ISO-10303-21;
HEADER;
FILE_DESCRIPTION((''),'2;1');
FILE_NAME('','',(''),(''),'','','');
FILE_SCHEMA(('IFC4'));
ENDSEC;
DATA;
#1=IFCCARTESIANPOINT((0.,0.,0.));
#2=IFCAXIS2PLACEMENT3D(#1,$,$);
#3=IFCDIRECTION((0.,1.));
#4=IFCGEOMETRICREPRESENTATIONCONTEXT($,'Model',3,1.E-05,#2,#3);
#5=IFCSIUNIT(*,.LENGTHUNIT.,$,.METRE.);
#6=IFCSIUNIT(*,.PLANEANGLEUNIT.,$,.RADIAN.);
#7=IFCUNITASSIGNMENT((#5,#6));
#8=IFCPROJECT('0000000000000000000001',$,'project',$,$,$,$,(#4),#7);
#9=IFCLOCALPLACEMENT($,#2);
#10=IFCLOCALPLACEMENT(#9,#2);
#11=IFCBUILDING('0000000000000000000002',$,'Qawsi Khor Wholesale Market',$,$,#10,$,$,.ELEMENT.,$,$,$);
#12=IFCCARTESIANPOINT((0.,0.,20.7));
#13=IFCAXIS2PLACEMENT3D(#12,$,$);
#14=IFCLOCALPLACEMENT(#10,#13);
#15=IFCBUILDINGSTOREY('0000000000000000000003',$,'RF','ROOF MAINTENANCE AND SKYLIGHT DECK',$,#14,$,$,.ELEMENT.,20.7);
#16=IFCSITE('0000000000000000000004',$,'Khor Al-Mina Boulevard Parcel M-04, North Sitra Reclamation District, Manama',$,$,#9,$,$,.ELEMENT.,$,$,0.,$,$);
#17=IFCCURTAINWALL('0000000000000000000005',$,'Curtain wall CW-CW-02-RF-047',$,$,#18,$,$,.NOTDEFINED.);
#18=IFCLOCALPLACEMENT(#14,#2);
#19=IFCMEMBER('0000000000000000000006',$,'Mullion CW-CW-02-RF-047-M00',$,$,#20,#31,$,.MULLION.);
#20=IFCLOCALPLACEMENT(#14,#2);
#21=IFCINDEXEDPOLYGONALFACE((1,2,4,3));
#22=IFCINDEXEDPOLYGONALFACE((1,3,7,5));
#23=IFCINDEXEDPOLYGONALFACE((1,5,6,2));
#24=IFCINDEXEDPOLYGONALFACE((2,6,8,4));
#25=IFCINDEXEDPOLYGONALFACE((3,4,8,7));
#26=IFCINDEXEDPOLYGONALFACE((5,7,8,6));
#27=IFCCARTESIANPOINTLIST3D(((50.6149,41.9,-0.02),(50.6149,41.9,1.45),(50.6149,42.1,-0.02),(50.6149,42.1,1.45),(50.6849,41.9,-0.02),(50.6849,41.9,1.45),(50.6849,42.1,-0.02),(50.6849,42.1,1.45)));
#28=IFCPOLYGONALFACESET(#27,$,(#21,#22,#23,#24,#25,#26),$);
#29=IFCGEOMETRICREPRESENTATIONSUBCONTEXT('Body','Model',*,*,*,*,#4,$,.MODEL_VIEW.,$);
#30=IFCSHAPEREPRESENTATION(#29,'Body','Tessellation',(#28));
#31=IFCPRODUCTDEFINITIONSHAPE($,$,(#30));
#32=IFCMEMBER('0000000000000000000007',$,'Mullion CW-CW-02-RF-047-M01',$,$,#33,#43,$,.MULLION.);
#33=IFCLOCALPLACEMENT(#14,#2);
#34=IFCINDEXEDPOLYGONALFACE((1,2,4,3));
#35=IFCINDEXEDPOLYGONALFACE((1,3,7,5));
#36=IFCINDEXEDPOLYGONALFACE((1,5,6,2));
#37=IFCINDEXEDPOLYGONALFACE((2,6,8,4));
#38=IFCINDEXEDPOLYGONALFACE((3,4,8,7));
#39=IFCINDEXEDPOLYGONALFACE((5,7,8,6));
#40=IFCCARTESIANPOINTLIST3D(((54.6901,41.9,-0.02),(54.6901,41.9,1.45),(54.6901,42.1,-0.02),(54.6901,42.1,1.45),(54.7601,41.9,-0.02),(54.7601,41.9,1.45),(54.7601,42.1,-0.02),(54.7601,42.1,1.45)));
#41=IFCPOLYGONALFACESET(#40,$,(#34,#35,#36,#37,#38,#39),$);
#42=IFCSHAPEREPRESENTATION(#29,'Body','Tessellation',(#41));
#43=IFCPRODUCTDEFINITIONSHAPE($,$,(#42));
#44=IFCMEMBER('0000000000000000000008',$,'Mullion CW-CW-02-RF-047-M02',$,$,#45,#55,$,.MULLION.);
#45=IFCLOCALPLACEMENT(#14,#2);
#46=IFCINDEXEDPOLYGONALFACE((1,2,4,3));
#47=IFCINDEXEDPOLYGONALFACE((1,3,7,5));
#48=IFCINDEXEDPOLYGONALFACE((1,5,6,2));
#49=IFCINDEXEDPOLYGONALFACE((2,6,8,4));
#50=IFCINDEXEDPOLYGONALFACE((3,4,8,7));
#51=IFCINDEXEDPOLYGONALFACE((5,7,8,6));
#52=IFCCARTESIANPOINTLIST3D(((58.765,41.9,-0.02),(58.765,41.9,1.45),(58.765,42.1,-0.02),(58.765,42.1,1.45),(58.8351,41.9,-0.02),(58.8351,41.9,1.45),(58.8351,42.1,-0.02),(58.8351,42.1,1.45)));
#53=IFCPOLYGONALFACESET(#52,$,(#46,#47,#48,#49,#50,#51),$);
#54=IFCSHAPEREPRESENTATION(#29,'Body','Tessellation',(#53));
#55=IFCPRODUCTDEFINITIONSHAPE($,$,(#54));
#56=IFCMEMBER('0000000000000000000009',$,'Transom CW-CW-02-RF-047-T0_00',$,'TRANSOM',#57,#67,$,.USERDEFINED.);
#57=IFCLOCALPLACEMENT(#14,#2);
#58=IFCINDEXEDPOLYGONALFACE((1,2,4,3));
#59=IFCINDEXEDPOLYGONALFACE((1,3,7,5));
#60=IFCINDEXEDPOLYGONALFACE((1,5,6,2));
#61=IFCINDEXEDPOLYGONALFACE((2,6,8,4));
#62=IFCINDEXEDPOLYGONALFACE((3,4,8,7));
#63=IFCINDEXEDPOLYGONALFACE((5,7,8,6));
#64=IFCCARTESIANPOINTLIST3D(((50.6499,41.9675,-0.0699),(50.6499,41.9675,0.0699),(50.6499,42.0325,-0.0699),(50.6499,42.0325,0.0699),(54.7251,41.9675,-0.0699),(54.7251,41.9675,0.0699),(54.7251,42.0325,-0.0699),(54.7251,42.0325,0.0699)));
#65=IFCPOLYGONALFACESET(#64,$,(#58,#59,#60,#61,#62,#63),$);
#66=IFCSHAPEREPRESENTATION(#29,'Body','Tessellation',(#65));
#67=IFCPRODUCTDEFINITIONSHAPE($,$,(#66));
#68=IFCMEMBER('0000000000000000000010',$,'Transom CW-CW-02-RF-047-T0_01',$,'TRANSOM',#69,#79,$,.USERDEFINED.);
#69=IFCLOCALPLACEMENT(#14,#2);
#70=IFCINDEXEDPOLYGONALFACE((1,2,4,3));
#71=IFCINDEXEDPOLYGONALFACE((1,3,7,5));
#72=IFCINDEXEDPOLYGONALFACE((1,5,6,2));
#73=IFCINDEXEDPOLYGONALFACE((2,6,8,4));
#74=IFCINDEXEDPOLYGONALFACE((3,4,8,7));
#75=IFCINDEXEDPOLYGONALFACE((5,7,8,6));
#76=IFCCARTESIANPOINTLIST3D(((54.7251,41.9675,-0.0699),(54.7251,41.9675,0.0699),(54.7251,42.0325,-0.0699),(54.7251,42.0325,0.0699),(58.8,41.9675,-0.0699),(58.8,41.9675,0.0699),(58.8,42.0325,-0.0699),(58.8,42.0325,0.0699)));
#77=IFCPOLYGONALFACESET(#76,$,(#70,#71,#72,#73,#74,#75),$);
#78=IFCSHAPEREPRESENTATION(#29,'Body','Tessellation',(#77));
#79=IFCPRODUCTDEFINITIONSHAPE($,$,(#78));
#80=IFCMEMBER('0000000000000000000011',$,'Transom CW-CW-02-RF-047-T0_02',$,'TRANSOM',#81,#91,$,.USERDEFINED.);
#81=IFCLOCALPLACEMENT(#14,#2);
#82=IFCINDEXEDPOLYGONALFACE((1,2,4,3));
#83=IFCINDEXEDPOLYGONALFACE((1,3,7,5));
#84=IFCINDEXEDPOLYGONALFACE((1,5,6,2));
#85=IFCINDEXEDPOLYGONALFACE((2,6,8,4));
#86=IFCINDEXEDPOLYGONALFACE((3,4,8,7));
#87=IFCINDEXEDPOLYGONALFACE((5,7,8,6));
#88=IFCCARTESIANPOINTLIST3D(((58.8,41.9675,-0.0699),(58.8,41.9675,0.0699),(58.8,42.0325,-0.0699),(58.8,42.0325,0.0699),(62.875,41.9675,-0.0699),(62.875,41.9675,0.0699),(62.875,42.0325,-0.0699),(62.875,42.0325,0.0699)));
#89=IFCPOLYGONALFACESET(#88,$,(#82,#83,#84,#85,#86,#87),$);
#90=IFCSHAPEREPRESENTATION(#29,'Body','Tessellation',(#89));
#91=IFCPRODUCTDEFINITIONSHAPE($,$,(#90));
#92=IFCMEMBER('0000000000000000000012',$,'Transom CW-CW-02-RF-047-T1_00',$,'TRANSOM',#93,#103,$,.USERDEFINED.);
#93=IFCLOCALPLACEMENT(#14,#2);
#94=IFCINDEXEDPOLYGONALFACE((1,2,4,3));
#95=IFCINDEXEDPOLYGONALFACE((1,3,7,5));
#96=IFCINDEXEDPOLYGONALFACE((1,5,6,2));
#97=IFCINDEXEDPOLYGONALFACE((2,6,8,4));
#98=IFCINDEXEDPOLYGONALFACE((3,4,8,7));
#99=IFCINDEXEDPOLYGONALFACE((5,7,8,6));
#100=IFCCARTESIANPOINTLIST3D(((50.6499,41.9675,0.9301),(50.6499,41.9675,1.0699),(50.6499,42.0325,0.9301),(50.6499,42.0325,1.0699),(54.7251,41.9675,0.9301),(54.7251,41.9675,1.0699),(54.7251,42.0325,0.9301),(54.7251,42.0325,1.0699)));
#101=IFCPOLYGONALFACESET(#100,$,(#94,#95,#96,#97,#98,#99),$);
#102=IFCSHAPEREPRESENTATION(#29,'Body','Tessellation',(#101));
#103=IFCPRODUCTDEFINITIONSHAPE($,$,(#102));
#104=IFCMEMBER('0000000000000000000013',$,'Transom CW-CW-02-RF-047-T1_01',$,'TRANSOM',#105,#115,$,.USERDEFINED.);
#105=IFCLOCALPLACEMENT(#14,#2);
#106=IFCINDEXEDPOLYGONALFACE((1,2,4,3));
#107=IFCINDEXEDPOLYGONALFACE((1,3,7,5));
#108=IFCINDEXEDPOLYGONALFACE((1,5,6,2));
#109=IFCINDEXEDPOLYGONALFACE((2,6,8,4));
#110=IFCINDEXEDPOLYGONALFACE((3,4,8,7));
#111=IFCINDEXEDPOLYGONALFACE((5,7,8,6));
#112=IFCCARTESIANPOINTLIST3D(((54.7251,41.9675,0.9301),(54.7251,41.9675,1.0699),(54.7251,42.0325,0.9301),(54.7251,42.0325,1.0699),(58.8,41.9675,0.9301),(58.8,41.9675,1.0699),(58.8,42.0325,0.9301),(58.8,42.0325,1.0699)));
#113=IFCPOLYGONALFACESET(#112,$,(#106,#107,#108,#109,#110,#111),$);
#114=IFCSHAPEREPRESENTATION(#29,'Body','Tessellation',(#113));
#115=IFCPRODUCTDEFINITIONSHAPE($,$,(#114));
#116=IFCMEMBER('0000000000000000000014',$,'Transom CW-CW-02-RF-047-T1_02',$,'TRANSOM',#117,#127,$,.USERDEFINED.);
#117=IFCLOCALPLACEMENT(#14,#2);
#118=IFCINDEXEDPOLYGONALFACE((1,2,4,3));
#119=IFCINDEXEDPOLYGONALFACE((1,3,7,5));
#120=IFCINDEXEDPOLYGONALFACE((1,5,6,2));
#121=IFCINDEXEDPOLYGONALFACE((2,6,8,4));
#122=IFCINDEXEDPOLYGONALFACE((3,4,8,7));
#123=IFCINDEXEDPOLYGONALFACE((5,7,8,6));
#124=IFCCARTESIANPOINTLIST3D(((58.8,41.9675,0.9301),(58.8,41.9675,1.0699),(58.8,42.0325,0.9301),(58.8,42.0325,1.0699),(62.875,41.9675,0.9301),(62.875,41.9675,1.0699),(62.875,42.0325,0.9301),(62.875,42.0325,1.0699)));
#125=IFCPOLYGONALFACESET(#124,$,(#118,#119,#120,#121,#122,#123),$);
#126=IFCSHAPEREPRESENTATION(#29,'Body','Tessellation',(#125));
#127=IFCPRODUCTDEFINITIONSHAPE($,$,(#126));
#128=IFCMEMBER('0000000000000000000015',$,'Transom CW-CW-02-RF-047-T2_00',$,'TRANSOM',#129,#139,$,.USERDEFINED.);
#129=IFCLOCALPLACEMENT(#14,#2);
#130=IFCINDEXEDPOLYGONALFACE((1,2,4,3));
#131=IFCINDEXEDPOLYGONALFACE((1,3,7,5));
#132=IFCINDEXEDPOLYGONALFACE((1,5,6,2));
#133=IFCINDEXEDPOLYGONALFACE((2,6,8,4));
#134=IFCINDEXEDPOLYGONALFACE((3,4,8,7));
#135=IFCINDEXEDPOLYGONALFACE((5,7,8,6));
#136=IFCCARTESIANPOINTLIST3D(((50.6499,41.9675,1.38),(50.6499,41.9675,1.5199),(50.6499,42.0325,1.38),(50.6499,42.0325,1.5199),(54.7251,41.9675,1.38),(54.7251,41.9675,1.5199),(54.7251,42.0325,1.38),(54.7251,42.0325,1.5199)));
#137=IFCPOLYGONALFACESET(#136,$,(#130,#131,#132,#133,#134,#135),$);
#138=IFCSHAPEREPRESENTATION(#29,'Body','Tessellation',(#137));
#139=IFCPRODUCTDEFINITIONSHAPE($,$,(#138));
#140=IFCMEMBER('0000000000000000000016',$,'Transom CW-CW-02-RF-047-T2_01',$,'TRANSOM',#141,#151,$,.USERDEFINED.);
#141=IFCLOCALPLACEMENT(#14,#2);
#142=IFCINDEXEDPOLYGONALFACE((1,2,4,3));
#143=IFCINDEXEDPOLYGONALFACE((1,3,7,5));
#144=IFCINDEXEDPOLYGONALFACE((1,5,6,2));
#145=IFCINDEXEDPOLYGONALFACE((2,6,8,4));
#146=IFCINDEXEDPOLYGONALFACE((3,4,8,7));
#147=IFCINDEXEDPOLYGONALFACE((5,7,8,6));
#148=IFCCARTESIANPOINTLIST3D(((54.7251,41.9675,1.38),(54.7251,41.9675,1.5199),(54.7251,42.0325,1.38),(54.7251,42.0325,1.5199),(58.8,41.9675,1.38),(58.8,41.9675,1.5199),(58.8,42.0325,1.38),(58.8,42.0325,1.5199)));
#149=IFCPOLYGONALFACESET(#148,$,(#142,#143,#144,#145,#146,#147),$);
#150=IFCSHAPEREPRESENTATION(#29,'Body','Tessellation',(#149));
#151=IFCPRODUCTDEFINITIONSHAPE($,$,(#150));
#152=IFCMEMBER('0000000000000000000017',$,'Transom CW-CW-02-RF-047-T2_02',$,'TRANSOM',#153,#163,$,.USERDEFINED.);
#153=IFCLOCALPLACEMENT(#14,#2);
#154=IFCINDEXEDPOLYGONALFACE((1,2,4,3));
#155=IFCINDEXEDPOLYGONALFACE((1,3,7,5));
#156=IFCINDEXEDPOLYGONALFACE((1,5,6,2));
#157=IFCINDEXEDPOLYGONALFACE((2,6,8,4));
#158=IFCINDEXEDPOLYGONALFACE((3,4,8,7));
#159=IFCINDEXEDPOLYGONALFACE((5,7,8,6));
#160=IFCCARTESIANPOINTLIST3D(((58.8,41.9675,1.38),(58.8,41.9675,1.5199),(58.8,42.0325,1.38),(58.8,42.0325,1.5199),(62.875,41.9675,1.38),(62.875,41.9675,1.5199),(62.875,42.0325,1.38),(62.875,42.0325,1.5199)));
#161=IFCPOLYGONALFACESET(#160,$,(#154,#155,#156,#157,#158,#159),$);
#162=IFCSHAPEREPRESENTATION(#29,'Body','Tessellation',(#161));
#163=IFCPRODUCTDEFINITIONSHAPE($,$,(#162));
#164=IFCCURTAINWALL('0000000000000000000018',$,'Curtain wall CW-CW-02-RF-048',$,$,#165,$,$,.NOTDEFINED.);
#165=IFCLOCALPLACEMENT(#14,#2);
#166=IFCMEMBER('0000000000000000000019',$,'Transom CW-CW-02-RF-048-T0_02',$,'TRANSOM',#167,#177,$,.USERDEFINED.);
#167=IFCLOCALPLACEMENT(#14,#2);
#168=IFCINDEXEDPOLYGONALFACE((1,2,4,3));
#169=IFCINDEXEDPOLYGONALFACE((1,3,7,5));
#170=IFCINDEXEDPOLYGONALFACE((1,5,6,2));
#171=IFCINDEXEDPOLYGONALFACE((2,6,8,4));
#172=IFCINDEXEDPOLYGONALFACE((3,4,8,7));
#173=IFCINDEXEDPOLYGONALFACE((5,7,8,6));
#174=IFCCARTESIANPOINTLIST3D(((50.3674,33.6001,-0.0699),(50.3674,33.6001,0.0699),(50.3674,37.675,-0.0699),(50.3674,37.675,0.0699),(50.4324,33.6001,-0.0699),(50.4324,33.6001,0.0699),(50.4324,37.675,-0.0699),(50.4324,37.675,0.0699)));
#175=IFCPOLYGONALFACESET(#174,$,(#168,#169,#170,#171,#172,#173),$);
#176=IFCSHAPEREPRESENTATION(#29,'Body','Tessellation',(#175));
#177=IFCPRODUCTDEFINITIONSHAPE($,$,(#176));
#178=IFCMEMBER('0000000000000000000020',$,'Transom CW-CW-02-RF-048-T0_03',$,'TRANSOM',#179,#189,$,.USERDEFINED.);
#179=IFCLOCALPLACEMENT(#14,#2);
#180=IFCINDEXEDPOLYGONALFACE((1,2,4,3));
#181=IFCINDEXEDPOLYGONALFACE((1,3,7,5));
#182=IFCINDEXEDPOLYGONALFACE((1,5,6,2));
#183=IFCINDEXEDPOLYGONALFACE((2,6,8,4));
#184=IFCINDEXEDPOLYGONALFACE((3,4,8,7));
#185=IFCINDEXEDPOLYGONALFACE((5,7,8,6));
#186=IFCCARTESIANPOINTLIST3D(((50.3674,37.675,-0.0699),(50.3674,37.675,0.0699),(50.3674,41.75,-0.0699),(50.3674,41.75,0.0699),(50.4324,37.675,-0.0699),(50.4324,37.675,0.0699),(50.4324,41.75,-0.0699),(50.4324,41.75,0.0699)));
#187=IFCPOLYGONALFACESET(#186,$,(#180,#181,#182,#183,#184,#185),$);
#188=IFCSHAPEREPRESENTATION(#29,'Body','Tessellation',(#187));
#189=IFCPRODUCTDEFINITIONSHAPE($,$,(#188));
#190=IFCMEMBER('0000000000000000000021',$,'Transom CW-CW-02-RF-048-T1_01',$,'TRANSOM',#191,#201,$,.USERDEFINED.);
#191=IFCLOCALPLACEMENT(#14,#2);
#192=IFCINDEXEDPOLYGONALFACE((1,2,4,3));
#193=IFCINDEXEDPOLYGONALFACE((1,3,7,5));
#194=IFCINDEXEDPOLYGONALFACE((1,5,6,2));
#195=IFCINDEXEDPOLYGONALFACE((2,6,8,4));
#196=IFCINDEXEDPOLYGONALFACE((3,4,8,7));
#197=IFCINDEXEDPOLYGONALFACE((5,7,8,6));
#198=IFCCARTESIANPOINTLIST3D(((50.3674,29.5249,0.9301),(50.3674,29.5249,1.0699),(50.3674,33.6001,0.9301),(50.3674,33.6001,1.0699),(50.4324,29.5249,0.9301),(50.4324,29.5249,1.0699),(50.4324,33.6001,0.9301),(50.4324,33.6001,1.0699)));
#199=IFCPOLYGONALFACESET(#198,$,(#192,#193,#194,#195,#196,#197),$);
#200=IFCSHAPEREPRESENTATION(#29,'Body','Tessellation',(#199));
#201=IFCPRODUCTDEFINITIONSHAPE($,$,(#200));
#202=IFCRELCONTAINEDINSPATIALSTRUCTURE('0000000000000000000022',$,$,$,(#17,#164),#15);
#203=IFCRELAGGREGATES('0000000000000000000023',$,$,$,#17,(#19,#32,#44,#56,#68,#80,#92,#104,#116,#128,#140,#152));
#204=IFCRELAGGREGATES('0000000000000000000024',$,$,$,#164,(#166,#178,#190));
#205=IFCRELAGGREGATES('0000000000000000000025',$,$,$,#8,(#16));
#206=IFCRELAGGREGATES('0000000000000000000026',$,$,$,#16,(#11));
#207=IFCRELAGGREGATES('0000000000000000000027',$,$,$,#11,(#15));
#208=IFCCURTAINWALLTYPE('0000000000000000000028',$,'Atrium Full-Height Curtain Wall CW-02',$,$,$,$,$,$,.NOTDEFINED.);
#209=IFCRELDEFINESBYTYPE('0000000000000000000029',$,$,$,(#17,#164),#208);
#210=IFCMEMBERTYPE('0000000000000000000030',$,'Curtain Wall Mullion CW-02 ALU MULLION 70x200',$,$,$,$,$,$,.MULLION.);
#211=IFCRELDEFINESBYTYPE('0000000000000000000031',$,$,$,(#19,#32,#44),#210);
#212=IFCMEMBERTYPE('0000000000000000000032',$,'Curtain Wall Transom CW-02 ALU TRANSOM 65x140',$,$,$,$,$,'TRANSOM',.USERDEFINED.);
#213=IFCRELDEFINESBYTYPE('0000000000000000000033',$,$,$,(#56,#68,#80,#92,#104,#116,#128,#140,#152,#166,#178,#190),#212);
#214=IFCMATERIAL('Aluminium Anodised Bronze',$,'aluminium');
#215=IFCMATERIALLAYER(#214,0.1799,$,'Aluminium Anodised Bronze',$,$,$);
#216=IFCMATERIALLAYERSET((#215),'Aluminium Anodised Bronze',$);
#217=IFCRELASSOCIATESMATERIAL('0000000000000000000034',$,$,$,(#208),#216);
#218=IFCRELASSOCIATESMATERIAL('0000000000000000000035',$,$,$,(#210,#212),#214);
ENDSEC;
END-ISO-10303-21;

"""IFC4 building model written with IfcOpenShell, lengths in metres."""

from ifc_helpers import new_model, si_unit, direction, frame, origin, origin_2d, place, context, subcontext, project, spatial, rectangle, extrude, material, layer, layer_set, material_profile, profile_set, type_object, element, aggregate, save


model = new_model("IFC4")

# Units and contexts
model_context = context("Model", 3, precision=1e-05, world=origin(), true_north=direction((0.0, 1.0)))
body_context = subcontext(model_context, "Body", "Model", "MODEL_VIEW")
ifc_project = project(units=[si_unit("LENGTHUNIT", "METRE"), si_unit("PLANEANGLEUNIT", "RADIAN")], contexts=[model_context])

# Site, building, storey
site_placement = place(None, origin())
site = spatial("IfcSite", under=ifc_project, at=site_placement, Name="Khor Al-Mina Boulevard Parcel M-04, North Sitra Reclamation District, Manama", CompositionType="ELEMENT", RefElevation=0.0)
building_placement = place(site_placement, origin())
building = spatial("IfcBuilding", under=site, at=building_placement, Name="Qawsi Khor Wholesale Market", CompositionType="ELEMENT")
storey_placement = place(building_placement, frame((0.0, 0.0, 20.7)))
storey = spatial("IfcBuildingStorey", under=building, at=storey_placement, Name="RF", Description="ROOF MAINTENANCE AND SKYLIGHT DECK", CompositionType="ELEMENT", Elevation=20.7)

# Curtain walls, members
ifc_material_1 = material(Name="Aluminium Anodised Bronze", Category="aluminium")
ifc_layer_1 = layer(ifc_material_1, 0.1799, Name="Aluminium Anodised Bronze")
ifc_layer_set_1 = layer_set([ifc_layer_1], Name="Aluminium Anodised Bronze")
curtain_wall_type = type_object("IfcCurtainWallType", Name="Atrium Full-Height Curtain Wall CW-02", PredefinedType="NOTDEFINED", material=ifc_layer_set_1)
curtain_wall_1_placement = place(storey_placement, origin())
curtain_wall_1 = element("IfcCurtainWall", 1, at=curtain_wall_1_placement, inside=storey, type_object=curtain_wall_type, Name="Curtain wall CW-CW-02-RF-047", PredefinedType="NOTDEFINED")
ifc_material_profile_1 = material_profile(ifc_material_1, rectangle(XDim=0.0701, YDim=0.2, at=origin_2d()), Name="ALU MULLION 70x200")
ifc_profile_set_1 = profile_set([ifc_material_profile_1], Name="Aluminium Anodised Bronze")
member_type_1 = type_object("IfcMemberType", Name="Curtain Wall Mullion CW-02 ALU MULLION 70x200", PredefinedType="MULLION", material=ifc_profile_set_1)
member_1_placement = place(storey_placement, frame((50.6499, 42.0, -0.02), z_axis=(0.0, 0.0, 1.0), x_axis=(1.0, 0.0, 0.0)))
member_1 = element("IfcMember", 2, at=member_1_placement, type_object=member_type_1, Name="Mullion CW-CW-02-RF-047-M00", PredefinedType="MULLION", context=body_context, shape_type="SweptSolid", body=[
    extrude(rectangle(XDim=0.0701, YDim=0.2, at=origin_2d()), origin(), (0.0, 0.0, 1.0), 1.47),
])
member_2_placement = place(storey_placement, frame((54.7251, 42.0, -0.02), z_axis=(0.0, 0.0, 1.0), x_axis=(1.0, 0.0, 0.0)))
member_2 = element("IfcMember", 3, at=member_2_placement, type_object=member_type_1, Name="Mullion CW-CW-02-RF-047-M01", PredefinedType="MULLION", context=body_context, shape_type="SweptSolid", body=[
    extrude(rectangle(XDim=0.0701, YDim=0.2, at=origin_2d()), origin(), (0.0, 0.0, 1.0), 1.47),
])
member_3_placement = place(storey_placement, frame((58.8, 42.0, -0.02), z_axis=(0.0, 0.0, 1.0), x_axis=(1.0, 0.0, 0.0)))
member_3 = element("IfcMember", 4, at=member_3_placement, type_object=member_type_1, Name="Mullion CW-CW-02-RF-047-M02", PredefinedType="MULLION", context=body_context, shape_type="SweptSolid", body=[
    extrude(rectangle(XDim=0.0701, YDim=0.2, at=origin_2d()), origin(), (0.0, 0.0, 1.0), 1.47),
])
ifc_material_profile_2 = material_profile(ifc_material_1, rectangle(XDim=0.0649, YDim=0.1399, at=origin_2d()), Name="ALU TRANSOM 65x140")
ifc_profile_set_2 = profile_set([ifc_material_profile_2], Name="Aluminium Anodised Bronze")
member_type_2 = type_object("IfcMemberType", Name="Curtain Wall Transom CW-02 ALU TRANSOM 65x140", ElementType="TRANSOM", PredefinedType="USERDEFINED", material=ifc_profile_set_2)
member_4_placement = place(storey_placement, frame((50.6499, 42.0, 0.0), z_axis=(1.0, 0.0, 0.0), x_axis=(0.0, 1.0, 0.0)))
member_4 = element("IfcMember", 5, at=member_4_placement, type_object=member_type_2, Name="Transom CW-CW-02-RF-047-T0_00", ObjectType="TRANSOM", PredefinedType="USERDEFINED", context=body_context, shape_type="SweptSolid", body=[
    extrude(rectangle(XDim=0.0649, YDim=0.1399, at=origin_2d()), origin(), (0.0, 0.0, 1.0), 4.0752),
])
member_5_placement = place(storey_placement, frame((54.7251, 42.0, 0.0), z_axis=(1.0, 0.0, 0.0), x_axis=(0.0, 1.0, 0.0)))
member_5 = element("IfcMember", 6, at=member_5_placement, type_object=member_type_2, Name="Transom CW-CW-02-RF-047-T0_01", ObjectType="TRANSOM", PredefinedType="USERDEFINED", context=body_context, shape_type="SweptSolid", body=[
    extrude(rectangle(XDim=0.0649, YDim=0.1399, at=origin_2d()), origin(), (0.0, 0.0, 1.0), 4.075),
])
member_6_placement = place(storey_placement, frame((58.8, 42.0, 0.0), z_axis=(1.0, 0.0, 0.0), x_axis=(0.0, 1.0, 0.0)))
member_6 = element("IfcMember", 7, at=member_6_placement, type_object=member_type_2, Name="Transom CW-CW-02-RF-047-T0_02", ObjectType="TRANSOM", PredefinedType="USERDEFINED", context=body_context, shape_type="SweptSolid", body=[
    extrude(rectangle(XDim=0.0649, YDim=0.1399, at=origin_2d()), origin(), (0.0, 0.0, 1.0), 4.075),
])
member_7_placement = place(storey_placement, frame((50.6499, 42.0, 1.0), z_axis=(1.0, 0.0, 0.0), x_axis=(0.0, 1.0, 0.0)))
member_7 = element("IfcMember", 8, at=member_7_placement, type_object=member_type_2, Name="Transom CW-CW-02-RF-047-T1_00", ObjectType="TRANSOM", PredefinedType="USERDEFINED", context=body_context, shape_type="SweptSolid", body=[
    extrude(rectangle(XDim=0.0649, YDim=0.1399, at=origin_2d()), origin(), (0.0, 0.0, 1.0), 4.0752),
])
member_8_placement = place(storey_placement, frame((54.7251, 42.0, 1.0), z_axis=(1.0, 0.0, 0.0), x_axis=(0.0, 1.0, 0.0)))
member_8 = element("IfcMember", 9, at=member_8_placement, type_object=member_type_2, Name="Transom CW-CW-02-RF-047-T1_01", ObjectType="TRANSOM", PredefinedType="USERDEFINED", context=body_context, shape_type="SweptSolid", body=[
    extrude(rectangle(XDim=0.0649, YDim=0.1399, at=origin_2d()), origin(), (0.0, 0.0, 1.0), 4.075),
])
member_9_placement = place(storey_placement, frame((58.8, 42.0, 1.0), z_axis=(1.0, 0.0, 0.0), x_axis=(0.0, 1.0, 0.0)))
member_9 = element("IfcMember", 10, at=member_9_placement, type_object=member_type_2, Name="Transom CW-CW-02-RF-047-T1_02", ObjectType="TRANSOM", PredefinedType="USERDEFINED", context=body_context, shape_type="SweptSolid", body=[
    extrude(rectangle(XDim=0.0649, YDim=0.1399, at=origin_2d()), origin(), (0.0, 0.0, 1.0), 4.075),
])
member_10_placement = place(storey_placement, frame((50.6499, 42.0, 1.45), z_axis=(1.0, 0.0, 0.0), x_axis=(0.0, 1.0, 0.0)))
member_10 = element("IfcMember", 11, at=member_10_placement, type_object=member_type_2, Name="Transom CW-CW-02-RF-047-T2_00", ObjectType="TRANSOM", PredefinedType="USERDEFINED", context=body_context, shape_type="SweptSolid", body=[
    extrude(rectangle(XDim=0.0649, YDim=0.1399, at=origin_2d()), origin(), (0.0, 0.0, 1.0), 4.0752),
])
member_11_placement = place(storey_placement, frame((54.7251, 42.0, 1.45), z_axis=(1.0, 0.0, 0.0), x_axis=(0.0, 1.0, 0.0)))
member_11 = element("IfcMember", 12, at=member_11_placement, type_object=member_type_2, Name="Transom CW-CW-02-RF-047-T2_01", ObjectType="TRANSOM", PredefinedType="USERDEFINED", context=body_context, shape_type="SweptSolid", body=[
    extrude(rectangle(XDim=0.0649, YDim=0.1399, at=origin_2d()), origin(), (0.0, 0.0, 1.0), 4.075),
])
member_12_placement = place(storey_placement, frame((58.8, 42.0, 1.45), z_axis=(1.0, 0.0, 0.0), x_axis=(0.0, 1.0, 0.0)))
member_12 = element("IfcMember", 13, at=member_12_placement, type_object=member_type_2, Name="Transom CW-CW-02-RF-047-T2_02", ObjectType="TRANSOM", PredefinedType="USERDEFINED", context=body_context, shape_type="SweptSolid", body=[
    extrude(rectangle(XDim=0.0649, YDim=0.1399, at=origin_2d()), origin(), (0.0, 0.0, 1.0), 4.075),
])
curtain_wall_2_placement = place(storey_placement, origin())
curtain_wall_2 = element("IfcCurtainWall", 14, at=curtain_wall_2_placement, inside=storey, type_object=curtain_wall_type, Name="Curtain wall CW-CW-02-RF-048", PredefinedType="NOTDEFINED")
member_13_placement = place(storey_placement, frame((50.3999, 33.6001, 0.0), z_axis=(0.0, 1.0, 0.0), x_axis=(-1.0, 0.0, 0.0)))
member_13 = element("IfcMember", 15, at=member_13_placement, type_object=member_type_2, Name="Transom CW-CW-02-RF-048-T0_02", ObjectType="TRANSOM", PredefinedType="USERDEFINED", context=body_context, shape_type="SweptSolid", body=[
    extrude(rectangle(XDim=0.0649, YDim=0.1399, at=origin_2d()), origin(), (0.0, 0.0, 1.0), 4.075),
])
member_14_placement = place(storey_placement, frame((50.3999, 37.675, 0.0), z_axis=(0.0, 1.0, 0.0), x_axis=(-1.0, 0.0, 0.0)))
member_14 = element("IfcMember", 16, at=member_14_placement, type_object=member_type_2, Name="Transom CW-CW-02-RF-048-T0_03", ObjectType="TRANSOM", PredefinedType="USERDEFINED", context=body_context, shape_type="SweptSolid", body=[
    extrude(rectangle(XDim=0.0649, YDim=0.1399, at=origin_2d()), origin(), (0.0, 0.0, 1.0), 4.075),
])
member_15_placement = place(storey_placement, frame((50.3999, 29.5249, 1.0), z_axis=(0.0, 1.0, 0.0), x_axis=(-1.0, 0.0, 0.0)))
member_15 = element("IfcMember", 17, at=member_15_placement, type_object=member_type_2, Name="Transom CW-CW-02-RF-048-T1_01", ObjectType="TRANSOM", PredefinedType="USERDEFINED", context=body_context, shape_type="SweptSolid", body=[
    extrude(rectangle(XDim=0.0649, YDim=0.1399, at=origin_2d()), origin(), (0.0, 0.0, 1.0), 4.0752),
])

aggregate(curtain_wall_1, [member_1, member_2, member_3, member_4, member_5, member_6, member_7, member_8, member_9, member_10, member_11, member_12])
aggregate(curtain_wall_2, [member_13, member_14, member_15])

save(model, "model.ifc")
